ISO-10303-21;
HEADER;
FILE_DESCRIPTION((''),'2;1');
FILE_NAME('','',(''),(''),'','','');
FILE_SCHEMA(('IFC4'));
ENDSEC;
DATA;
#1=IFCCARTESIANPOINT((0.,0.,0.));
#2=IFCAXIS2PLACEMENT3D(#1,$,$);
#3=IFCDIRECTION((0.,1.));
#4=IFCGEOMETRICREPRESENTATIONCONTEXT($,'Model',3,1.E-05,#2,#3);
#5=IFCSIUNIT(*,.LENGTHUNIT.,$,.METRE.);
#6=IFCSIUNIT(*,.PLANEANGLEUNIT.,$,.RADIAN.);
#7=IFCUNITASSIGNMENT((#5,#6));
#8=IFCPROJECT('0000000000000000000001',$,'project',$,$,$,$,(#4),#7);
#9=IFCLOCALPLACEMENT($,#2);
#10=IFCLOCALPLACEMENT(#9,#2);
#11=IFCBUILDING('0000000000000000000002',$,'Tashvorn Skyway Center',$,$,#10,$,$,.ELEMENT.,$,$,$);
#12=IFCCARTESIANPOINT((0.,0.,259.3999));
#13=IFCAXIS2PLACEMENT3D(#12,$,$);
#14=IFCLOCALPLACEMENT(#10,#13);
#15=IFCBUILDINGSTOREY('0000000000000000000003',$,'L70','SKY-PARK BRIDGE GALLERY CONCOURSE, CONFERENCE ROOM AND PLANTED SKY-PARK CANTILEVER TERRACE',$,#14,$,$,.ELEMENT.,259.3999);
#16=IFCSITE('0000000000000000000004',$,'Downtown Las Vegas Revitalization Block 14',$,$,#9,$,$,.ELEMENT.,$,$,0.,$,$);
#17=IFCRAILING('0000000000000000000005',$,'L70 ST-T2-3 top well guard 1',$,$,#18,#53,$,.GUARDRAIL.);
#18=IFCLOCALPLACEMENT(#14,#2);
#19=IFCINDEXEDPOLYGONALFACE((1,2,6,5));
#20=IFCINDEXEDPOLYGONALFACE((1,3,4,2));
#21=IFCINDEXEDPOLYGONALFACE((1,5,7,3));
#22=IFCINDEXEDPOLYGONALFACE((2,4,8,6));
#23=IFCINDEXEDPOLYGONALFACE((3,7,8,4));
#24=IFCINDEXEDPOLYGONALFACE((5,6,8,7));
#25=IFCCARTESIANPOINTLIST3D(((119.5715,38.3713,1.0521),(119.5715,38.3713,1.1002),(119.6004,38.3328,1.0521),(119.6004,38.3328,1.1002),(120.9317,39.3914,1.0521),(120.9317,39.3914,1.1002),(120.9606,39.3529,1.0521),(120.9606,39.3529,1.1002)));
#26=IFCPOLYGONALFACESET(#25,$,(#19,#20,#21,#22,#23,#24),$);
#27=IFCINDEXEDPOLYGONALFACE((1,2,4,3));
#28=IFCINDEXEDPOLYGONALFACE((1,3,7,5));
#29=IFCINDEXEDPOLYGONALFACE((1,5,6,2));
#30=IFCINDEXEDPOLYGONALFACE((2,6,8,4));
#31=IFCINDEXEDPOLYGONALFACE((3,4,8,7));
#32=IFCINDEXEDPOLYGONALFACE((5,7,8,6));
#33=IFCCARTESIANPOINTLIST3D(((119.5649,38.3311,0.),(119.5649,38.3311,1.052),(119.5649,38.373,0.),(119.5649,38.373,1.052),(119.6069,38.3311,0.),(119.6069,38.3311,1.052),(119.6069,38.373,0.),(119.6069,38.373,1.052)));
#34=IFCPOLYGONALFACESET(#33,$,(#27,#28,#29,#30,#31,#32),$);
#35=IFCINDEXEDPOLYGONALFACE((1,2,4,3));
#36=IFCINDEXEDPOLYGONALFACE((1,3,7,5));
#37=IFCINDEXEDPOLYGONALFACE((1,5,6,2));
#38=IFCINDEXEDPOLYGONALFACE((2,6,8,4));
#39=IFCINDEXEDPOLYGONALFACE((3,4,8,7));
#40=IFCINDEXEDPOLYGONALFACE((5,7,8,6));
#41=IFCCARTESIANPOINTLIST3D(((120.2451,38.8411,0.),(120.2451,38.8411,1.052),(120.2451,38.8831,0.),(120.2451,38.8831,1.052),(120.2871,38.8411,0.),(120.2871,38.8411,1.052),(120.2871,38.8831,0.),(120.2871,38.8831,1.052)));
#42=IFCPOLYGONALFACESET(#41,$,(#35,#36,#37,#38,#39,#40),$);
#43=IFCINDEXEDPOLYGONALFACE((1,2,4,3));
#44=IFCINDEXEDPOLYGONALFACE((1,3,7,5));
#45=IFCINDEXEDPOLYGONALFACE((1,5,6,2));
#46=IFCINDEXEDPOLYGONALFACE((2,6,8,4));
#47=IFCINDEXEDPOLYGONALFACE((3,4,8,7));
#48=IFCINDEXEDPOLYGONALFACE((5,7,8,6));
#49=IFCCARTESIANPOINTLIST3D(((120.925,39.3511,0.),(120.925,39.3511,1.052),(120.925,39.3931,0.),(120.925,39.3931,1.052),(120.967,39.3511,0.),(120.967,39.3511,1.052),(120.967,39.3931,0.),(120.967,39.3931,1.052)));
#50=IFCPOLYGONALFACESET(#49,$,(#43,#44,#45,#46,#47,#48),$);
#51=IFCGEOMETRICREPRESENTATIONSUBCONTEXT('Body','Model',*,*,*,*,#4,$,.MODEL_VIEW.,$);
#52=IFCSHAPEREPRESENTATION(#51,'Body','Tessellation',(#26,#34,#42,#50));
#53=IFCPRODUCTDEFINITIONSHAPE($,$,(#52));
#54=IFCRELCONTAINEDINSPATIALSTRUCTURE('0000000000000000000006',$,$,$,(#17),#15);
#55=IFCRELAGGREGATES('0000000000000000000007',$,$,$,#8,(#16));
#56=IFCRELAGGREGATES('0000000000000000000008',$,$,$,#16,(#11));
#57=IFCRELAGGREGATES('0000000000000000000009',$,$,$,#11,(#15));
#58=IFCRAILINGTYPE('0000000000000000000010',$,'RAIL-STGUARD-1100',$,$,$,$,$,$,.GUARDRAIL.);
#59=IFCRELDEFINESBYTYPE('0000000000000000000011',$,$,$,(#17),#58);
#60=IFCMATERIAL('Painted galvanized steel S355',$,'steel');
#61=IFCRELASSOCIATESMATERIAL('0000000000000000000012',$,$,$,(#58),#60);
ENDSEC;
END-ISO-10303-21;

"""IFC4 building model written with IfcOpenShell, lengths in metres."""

from ifc_helpers import new_model, si_unit, direction, frame, origin, origin_2d, place, context, subcontext, project, spatial, rectangle, extrude, material, type_object, element, save


model = new_model("IFC4")

# Units and contexts
model_context = context("Model", 3, precision=1e-05, world=origin(), true_north=direction((0.0, 1.0)))
body_context = subcontext(model_context, "Body", "Model", "MODEL_VIEW")
ifc_project = project(units=[si_unit("LENGTHUNIT", "METRE"), si_unit("PLANEANGLEUNIT", "RADIAN")], contexts=[model_context])

# Site, building, storey
site_placement = place(None, origin())
site = spatial("IfcSite", under=ifc_project, at=site_placement, Name="Downtown Las Vegas Revitalization Block 14", CompositionType="ELEMENT", RefElevation=0.0)
building_placement = place(site_placement, origin())
building = spatial("IfcBuilding", under=site, at=building_placement, Name="Tashvorn Skyway Center", CompositionType="ELEMENT")
storey_placement = place(building_placement, frame((0.0, 0.0, 259.3999)))
storey = spatial("IfcBuildingStorey", under=building, at=storey_placement, Name="L70", Description="SKY-PARK BRIDGE GALLERY CONCOURSE, CONFERENCE ROOM AND PLANTED SKY-PARK CANTILEVER TERRACE", CompositionType="ELEMENT", Elevation=259.3999)

# Railing
ifc_material_1 = material(Name="Painted galvanized steel S355", Category="steel")
railing_type = type_object("IfcRailingType", Name="RAIL-STGUARD-1100", PredefinedType="GUARDRAIL", material=ifc_material_1)
railing_placement = place(storey_placement, frame((119.5859, 38.3521, 0.0)))
element("IfcRailing", 1, at=railing_placement, inside=storey, type_object=railing_type, Name="L70 ST-T2-3 top well guard 1", PredefinedType="GUARDRAIL", context=body_context, shape_type="SweptSolid", body=[
    extrude(rectangle(XDim=0.0481, YDim=0.0481, at=origin_2d()), frame((0.0, 0.0, 1.0762), z_axis=(0.800017, 0.599977, 0.0), x_axis=(-0.599977, 0.800017, 0.0)), (0.0, 0.0, 1.0), 1.7002),
    extrude(rectangle(XDim=0.042, YDim=0.042, at=origin_2d()), origin(), (0.0, 0.0, 1.0), 1.052),
    extrude(rectangle(XDim=0.042, YDim=0.042, at=origin_2d()), frame((0.6802, 0.51, 0.0)), (0.0, 0.0, 1.0), 1.052),
    extrude(rectangle(XDim=0.042, YDim=0.042, at=origin_2d()), frame((1.3601, 1.02, 0.0)), (0.0, 0.0, 1.0), 1.052),
])

save(model, "model.ifc")
